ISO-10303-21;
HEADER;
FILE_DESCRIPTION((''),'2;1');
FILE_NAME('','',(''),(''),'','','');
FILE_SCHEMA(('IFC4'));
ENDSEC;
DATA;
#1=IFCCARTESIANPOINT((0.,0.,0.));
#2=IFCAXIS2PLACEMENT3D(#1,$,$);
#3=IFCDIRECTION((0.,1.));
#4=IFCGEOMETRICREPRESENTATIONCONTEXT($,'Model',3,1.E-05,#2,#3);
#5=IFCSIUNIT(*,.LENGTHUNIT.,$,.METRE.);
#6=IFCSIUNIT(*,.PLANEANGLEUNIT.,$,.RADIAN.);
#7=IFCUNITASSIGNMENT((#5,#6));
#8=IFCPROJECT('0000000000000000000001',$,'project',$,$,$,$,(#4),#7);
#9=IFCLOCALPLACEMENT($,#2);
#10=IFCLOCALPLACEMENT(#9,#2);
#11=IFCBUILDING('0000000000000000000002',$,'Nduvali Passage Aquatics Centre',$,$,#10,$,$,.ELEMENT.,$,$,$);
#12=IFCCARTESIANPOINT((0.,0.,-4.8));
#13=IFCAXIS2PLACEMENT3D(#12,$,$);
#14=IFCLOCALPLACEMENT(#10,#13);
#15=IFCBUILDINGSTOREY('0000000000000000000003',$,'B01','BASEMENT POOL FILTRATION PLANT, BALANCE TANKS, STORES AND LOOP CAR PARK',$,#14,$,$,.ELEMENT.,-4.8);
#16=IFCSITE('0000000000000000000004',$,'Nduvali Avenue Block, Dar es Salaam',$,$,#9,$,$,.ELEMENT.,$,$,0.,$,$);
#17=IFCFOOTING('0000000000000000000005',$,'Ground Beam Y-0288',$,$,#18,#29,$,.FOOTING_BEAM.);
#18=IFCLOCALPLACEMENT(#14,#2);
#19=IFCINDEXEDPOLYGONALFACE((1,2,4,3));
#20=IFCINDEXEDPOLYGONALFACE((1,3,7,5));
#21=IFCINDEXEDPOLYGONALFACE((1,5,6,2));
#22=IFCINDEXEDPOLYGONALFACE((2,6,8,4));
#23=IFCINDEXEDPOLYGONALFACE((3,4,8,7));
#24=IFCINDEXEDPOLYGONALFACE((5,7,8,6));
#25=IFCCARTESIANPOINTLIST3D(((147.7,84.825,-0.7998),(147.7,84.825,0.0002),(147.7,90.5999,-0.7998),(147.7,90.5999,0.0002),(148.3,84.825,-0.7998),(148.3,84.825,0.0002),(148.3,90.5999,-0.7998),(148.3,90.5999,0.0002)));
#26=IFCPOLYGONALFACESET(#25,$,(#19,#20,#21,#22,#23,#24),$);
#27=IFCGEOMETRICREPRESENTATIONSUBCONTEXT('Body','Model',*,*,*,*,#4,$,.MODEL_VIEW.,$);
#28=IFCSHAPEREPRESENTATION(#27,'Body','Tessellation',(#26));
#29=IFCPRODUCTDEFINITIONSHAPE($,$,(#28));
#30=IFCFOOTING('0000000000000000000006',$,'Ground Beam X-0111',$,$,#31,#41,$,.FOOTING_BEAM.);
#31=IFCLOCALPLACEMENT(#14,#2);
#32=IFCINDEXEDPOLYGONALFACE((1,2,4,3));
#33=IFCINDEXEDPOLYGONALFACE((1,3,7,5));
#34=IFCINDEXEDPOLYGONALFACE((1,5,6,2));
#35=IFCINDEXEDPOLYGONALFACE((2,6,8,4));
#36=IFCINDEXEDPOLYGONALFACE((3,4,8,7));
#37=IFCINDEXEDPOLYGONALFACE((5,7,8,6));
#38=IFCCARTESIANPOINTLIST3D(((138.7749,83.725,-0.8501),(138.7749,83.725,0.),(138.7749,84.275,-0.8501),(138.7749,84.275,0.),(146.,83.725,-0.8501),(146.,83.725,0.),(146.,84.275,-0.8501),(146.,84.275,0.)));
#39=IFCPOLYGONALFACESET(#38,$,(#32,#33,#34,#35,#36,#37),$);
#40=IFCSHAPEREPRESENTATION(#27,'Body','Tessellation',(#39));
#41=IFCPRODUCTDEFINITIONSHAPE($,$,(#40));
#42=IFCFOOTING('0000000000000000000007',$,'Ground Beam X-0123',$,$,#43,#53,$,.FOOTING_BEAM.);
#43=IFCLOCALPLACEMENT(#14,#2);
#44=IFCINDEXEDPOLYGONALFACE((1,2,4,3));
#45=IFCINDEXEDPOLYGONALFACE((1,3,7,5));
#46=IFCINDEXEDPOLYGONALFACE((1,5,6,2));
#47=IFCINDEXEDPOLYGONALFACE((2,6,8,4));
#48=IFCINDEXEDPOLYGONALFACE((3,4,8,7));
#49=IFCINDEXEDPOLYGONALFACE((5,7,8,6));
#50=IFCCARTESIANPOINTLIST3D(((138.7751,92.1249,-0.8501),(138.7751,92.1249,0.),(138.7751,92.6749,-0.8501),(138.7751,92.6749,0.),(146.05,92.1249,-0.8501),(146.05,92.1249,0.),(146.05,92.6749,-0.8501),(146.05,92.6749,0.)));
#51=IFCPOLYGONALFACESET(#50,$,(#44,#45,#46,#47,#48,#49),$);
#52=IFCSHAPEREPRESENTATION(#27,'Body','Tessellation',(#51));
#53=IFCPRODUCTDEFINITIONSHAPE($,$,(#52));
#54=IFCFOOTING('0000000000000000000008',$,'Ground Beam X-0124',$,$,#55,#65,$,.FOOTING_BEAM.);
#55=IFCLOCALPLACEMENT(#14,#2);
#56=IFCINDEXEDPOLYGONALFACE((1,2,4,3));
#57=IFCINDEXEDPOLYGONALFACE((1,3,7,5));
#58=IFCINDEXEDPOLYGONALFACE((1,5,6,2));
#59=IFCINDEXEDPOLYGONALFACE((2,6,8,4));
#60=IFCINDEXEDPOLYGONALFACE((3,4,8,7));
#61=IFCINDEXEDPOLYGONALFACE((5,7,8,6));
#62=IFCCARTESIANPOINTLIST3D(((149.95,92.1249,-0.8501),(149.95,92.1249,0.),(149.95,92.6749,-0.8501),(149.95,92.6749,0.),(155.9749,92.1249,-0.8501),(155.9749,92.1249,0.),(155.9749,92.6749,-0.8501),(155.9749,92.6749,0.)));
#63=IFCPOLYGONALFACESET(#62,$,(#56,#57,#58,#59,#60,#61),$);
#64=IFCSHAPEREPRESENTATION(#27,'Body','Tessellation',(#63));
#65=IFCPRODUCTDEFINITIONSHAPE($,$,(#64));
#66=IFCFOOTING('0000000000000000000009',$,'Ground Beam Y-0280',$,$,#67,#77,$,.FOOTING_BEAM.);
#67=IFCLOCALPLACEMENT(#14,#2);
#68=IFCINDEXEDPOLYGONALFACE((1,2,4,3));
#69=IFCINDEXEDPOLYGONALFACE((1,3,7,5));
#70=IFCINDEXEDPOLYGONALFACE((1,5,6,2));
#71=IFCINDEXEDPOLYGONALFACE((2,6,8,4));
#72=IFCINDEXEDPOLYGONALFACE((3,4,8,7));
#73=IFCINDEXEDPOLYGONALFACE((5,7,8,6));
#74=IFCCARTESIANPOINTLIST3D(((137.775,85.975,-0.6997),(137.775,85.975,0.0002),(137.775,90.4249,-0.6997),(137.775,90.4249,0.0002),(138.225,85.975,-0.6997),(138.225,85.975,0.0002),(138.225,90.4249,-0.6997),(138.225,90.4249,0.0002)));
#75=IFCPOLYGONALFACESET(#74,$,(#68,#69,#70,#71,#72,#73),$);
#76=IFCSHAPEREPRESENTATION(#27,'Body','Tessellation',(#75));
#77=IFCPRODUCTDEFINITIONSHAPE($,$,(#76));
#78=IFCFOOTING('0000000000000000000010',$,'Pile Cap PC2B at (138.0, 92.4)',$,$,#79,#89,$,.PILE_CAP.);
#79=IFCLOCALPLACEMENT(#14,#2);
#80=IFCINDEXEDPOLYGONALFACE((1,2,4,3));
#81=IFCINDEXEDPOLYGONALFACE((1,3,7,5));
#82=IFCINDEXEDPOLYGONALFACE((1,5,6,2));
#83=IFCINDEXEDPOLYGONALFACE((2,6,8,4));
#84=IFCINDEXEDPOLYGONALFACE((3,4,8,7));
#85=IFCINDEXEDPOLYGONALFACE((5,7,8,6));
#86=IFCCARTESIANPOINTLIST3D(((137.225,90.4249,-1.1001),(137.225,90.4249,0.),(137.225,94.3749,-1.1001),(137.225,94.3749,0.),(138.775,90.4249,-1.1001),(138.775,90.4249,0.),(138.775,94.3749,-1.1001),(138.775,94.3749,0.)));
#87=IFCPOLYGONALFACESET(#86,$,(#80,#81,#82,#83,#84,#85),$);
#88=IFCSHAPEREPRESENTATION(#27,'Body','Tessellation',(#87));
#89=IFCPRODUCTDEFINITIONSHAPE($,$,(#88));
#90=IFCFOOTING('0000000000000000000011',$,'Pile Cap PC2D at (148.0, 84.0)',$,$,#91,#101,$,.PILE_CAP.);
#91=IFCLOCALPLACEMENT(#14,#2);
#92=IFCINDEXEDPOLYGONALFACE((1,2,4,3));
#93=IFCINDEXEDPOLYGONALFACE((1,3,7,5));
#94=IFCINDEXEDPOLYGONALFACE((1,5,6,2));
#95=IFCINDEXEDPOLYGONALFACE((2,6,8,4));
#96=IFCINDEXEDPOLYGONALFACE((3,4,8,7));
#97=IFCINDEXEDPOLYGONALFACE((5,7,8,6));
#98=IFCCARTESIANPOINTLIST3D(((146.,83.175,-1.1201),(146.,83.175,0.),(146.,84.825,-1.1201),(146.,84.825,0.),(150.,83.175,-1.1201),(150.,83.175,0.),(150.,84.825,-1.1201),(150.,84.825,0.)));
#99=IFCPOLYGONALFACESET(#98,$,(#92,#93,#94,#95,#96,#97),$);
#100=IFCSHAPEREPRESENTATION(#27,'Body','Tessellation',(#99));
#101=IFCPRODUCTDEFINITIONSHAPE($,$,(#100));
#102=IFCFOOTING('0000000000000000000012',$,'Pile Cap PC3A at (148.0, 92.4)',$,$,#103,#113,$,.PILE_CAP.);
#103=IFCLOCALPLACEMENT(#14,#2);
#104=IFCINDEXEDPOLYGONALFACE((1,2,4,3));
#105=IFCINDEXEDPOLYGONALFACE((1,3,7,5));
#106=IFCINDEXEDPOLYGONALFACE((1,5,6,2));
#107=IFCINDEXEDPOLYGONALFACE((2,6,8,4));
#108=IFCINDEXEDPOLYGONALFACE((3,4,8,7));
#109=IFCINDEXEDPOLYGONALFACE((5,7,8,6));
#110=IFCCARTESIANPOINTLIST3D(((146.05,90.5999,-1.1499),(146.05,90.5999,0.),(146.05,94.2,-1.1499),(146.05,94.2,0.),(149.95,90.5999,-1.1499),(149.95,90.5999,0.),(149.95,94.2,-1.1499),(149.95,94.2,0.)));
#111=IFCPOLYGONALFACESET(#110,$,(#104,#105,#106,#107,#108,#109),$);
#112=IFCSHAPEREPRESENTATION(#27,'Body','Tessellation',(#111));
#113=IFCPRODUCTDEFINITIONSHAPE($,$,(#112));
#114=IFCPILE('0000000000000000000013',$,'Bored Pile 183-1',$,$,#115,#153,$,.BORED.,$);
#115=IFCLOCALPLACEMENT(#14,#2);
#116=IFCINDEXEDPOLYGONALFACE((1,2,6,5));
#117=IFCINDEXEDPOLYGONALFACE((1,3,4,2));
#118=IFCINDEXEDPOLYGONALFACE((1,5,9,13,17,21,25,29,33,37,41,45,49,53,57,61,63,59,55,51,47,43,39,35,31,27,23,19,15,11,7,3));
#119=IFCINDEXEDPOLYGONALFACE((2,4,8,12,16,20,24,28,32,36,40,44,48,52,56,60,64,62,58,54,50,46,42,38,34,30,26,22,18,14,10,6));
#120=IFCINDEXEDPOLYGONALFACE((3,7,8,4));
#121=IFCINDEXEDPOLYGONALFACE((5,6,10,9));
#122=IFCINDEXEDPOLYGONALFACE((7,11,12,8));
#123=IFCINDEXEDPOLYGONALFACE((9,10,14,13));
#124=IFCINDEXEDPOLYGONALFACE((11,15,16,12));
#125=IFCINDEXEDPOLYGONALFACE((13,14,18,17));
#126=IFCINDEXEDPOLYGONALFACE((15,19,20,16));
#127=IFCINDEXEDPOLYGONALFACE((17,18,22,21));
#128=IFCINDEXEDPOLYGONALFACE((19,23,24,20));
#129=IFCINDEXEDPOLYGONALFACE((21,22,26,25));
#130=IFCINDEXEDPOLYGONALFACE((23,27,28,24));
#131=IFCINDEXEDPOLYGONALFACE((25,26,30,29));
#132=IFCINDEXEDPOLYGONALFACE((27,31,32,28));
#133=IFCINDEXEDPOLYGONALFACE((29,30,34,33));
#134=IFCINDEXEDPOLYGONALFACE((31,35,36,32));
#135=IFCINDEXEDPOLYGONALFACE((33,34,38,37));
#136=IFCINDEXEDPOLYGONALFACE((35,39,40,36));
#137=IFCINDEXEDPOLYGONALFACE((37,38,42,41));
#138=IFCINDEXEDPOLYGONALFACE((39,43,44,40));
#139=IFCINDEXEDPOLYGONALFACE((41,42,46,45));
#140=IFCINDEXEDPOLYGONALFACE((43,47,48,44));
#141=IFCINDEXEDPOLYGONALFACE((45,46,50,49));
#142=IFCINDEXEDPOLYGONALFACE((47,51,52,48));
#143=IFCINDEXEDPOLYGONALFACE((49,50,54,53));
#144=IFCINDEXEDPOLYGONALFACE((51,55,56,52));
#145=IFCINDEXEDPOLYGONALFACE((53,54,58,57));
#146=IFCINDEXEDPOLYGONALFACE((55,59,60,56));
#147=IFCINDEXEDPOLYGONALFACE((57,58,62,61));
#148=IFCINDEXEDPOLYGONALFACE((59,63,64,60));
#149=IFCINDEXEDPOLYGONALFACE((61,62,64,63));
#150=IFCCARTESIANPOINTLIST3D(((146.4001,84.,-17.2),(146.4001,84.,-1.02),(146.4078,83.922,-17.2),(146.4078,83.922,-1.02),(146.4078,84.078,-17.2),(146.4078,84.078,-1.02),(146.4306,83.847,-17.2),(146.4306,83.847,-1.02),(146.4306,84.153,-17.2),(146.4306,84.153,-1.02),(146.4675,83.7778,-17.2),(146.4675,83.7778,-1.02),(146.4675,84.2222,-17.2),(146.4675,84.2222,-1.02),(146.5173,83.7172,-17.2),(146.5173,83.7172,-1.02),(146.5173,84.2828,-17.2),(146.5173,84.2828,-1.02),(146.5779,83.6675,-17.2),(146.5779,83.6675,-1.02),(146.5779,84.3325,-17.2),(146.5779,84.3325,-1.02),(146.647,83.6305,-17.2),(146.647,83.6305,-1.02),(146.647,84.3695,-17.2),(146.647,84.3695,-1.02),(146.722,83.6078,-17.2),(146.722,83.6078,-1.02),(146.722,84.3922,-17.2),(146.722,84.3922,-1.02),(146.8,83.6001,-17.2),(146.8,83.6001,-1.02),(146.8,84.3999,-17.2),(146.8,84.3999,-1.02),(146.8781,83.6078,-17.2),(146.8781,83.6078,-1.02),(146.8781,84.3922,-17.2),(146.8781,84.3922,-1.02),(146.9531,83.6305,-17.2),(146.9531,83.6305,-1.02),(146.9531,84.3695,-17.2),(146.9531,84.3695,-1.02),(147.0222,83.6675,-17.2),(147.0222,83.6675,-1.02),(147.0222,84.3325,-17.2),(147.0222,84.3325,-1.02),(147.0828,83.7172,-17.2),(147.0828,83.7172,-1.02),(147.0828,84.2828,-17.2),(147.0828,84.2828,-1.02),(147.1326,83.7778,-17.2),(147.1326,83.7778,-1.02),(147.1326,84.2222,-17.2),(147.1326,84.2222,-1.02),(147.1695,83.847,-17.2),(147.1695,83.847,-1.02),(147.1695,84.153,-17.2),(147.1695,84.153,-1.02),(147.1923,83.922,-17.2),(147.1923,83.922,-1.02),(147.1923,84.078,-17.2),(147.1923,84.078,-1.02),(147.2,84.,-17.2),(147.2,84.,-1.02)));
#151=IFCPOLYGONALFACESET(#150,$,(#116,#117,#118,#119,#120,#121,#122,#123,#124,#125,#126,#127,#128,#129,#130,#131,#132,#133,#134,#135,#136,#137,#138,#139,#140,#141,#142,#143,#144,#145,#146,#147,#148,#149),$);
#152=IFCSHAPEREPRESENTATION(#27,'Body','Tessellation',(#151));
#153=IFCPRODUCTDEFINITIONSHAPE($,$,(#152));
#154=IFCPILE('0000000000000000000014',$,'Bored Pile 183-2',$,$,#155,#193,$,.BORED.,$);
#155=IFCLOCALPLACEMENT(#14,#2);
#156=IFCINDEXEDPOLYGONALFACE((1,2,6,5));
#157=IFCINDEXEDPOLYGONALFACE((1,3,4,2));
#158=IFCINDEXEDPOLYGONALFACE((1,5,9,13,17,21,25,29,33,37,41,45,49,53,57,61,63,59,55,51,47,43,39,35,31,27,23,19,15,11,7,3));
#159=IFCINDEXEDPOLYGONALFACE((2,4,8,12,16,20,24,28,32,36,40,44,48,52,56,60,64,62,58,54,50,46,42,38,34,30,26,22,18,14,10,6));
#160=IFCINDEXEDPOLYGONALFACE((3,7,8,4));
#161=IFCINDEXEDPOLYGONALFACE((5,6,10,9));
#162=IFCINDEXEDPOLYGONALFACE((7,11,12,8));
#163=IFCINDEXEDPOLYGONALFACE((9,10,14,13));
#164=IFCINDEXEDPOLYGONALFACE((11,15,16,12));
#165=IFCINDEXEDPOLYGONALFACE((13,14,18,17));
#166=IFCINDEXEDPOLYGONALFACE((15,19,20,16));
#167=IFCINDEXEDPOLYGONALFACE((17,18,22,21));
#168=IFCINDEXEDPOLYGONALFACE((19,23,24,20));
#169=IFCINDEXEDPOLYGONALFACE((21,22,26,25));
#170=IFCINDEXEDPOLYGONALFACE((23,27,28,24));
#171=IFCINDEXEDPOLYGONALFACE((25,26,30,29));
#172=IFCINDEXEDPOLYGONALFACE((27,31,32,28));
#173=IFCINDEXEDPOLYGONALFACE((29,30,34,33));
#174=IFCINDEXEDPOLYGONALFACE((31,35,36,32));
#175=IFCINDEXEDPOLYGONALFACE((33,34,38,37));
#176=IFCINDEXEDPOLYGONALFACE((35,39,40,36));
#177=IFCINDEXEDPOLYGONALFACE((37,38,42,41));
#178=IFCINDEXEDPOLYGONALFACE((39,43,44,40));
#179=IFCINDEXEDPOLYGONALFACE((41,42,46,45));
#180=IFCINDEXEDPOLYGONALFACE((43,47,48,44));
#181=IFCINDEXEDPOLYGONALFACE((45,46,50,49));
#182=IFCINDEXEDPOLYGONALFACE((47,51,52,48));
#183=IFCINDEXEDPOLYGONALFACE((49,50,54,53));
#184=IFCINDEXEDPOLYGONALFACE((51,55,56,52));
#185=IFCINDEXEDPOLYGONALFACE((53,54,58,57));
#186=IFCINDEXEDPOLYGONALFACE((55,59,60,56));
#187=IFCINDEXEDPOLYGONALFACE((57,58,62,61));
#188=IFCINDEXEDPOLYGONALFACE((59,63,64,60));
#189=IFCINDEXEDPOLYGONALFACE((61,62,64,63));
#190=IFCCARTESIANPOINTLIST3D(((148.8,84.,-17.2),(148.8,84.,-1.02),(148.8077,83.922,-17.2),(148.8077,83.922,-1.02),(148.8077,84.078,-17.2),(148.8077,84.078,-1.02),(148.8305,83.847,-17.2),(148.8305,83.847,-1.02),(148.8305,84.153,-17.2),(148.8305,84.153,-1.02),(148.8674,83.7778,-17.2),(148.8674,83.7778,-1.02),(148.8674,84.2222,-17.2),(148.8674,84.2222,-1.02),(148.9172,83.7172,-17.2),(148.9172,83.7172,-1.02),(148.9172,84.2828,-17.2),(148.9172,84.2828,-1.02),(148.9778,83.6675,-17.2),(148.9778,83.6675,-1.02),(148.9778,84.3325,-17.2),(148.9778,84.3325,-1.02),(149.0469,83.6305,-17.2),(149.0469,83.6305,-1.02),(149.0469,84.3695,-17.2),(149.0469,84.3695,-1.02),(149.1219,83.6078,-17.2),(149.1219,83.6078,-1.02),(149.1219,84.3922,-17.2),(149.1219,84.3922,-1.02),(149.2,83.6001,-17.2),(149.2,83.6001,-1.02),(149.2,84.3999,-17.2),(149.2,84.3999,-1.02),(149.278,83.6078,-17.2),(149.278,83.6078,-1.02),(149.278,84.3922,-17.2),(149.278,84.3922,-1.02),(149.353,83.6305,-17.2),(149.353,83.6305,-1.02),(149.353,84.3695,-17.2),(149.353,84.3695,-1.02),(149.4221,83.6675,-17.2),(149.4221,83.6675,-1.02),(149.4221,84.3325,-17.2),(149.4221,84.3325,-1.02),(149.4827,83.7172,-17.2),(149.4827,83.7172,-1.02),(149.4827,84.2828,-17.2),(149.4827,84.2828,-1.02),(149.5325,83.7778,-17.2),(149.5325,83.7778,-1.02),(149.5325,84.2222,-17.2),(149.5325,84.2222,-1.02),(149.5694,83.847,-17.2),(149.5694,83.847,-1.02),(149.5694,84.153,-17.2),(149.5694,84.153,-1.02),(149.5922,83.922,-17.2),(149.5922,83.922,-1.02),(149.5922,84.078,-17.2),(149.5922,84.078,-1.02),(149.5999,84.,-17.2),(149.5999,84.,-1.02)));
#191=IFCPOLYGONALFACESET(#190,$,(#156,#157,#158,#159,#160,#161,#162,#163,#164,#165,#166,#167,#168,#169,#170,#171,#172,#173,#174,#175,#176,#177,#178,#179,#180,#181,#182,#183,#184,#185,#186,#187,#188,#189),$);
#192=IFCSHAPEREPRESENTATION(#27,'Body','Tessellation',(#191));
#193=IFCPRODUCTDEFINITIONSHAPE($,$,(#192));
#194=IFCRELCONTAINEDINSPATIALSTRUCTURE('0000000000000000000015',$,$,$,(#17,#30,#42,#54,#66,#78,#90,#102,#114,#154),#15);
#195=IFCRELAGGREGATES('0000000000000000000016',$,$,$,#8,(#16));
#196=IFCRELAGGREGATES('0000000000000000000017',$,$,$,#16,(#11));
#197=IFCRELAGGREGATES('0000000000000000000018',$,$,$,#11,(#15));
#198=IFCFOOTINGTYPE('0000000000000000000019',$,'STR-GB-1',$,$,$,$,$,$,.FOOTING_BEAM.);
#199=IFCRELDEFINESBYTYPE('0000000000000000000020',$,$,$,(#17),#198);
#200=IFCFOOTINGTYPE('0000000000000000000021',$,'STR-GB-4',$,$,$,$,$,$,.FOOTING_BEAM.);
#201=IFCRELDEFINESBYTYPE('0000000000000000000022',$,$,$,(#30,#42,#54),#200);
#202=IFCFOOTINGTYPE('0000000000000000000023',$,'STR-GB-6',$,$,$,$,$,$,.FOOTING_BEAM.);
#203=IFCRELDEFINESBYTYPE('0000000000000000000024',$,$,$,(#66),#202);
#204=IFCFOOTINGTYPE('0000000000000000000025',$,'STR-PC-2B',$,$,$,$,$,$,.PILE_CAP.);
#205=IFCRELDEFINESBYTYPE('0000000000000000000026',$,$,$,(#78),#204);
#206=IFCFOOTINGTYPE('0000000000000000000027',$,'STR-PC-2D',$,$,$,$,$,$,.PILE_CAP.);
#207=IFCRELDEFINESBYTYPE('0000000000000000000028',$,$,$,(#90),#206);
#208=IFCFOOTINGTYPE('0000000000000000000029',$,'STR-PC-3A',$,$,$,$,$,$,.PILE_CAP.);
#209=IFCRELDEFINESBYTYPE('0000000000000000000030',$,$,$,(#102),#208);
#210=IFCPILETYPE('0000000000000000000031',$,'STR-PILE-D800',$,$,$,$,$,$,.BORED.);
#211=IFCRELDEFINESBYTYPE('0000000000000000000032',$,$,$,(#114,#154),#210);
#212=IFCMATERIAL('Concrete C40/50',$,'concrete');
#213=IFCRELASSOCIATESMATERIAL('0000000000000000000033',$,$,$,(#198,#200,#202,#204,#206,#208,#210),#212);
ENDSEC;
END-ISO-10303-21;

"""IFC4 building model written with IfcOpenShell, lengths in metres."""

from ifc_helpers import new_model, si_unit, direction, frame, origin, origin_2d, place, context, subcontext, project, spatial, rectangle, circle, extrude, material, material_profile, profile_set, type_object, element, save


model = new_model("IFC4")

# Units and contexts
model_context = context("Model", 3, precision=1e-05, world=origin(), true_north=direction((0.0, 1.0)))
body_context = subcontext(model_context, "Body", "Model", "MODEL_VIEW")
ifc_project = project(units=[si_unit("LENGTHUNIT", "METRE"), si_unit("PLANEANGLEUNIT", "RADIAN")], contexts=[model_context])

# Site, building, storey
site_placement = place(None, origin())
site = spatial("IfcSite", under=ifc_project, at=site_placement, Name="Nduvali Avenue Block, Dar es Salaam", CompositionType="ELEMENT", RefElevation=0.0)
building_placement = place(site_placement, origin())
building = spatial("IfcBuilding", under=site, at=building_placement, Name="Nduvali Passage Aquatics Centre", CompositionType="ELEMENT")
storey_placement = place(building_placement, frame((0.0, 0.0, -4.8)))
storey = spatial("IfcBuildingStorey", under=building, at=storey_placement, Name="B01", Description="BASEMENT POOL FILTRATION PLANT, BALANCE TANKS, STORES AND LOOP CAR PARK", CompositionType="ELEMENT", Elevation=-4.8)

# Footings
ifc_material = material(Name="Concrete C40/50", Category="concrete")
footing_type_1 = type_object("IfcFootingType", Name="STR-GB-1", PredefinedType="FOOTING_BEAM", material=ifc_material)
footing_1_placement = place(storey_placement, frame((148.0, 87.7124, -0.7998), z_axis=(0.0, 0.0, 1.0), x_axis=(0.0, 1.0, 0.0)))
element("IfcFooting", 1, at=footing_1_placement, inside=storey, type_object=footing_type_1, Name="Ground Beam Y-0288", PredefinedType="FOOTING_BEAM", context=body_context, shape_type="SweptSolid", body=[
    extrude(rectangle(XDim=5.7749, YDim=0.6001, at=origin_2d()), origin(), (0.0, 0.0, 1.0), 0.8),
])
footing_type_2 = type_object("IfcFootingType", Name="STR-GB-4", PredefinedType="FOOTING_BEAM", material=ifc_material)
footing_2_placement = place(storey_placement, frame((142.3875, 84.0, -0.8501), z_axis=(0.0, 0.0, 1.0), x_axis=(1.0, 0.0, 0.0)))
element("IfcFooting", 2, at=footing_2_placement, inside=storey, type_object=footing_type_2, Name="Ground Beam X-0111", PredefinedType="FOOTING_BEAM", context=body_context, shape_type="SweptSolid", body=[
    extrude(rectangle(XDim=7.2251, YDim=0.55, at=origin_2d()), origin(), (0.0, 0.0, 1.0), 0.8501),
])
footing_3_placement = place(storey_placement, frame((142.4126, 92.3999, -0.8501), z_axis=(0.0, 0.0, 1.0), x_axis=(1.0, 0.0, 0.0)))
element("IfcFooting", 3, at=footing_3_placement, inside=storey, type_object=footing_type_2, Name="Ground Beam X-0123", PredefinedType="FOOTING_BEAM", context=body_context, shape_type="SweptSolid", body=[
    extrude(rectangle(XDim=7.2749, YDim=0.55, at=origin_2d()), origin(), (0.0, 0.0, 1.0), 0.8501),
])
footing_4_placement = place(storey_placement, frame((152.9624, 92.3999, -0.8501), z_axis=(0.0, 0.0, 1.0), x_axis=(1.0, 0.0, 0.0)))
element("IfcFooting", 4, at=footing_4_placement, inside=storey, type_object=footing_type_2, Name="Ground Beam X-0124", PredefinedType="FOOTING_BEAM", context=body_context, shape_type="SweptSolid", body=[
    extrude(rectangle(XDim=6.0249, YDim=0.55, at=origin_2d()), origin(), (0.0, 0.0, 1.0), 0.8501),
])
footing_type_3 = type_object("IfcFootingType", Name="STR-GB-6", PredefinedType="FOOTING_BEAM", material=ifc_material)
footing_5_placement = place(storey_placement, frame((138.0, 88.2, -0.6997), z_axis=(0.0, 0.0, 1.0), x_axis=(0.0, 1.0, 0.0)))
element("IfcFooting", 5, at=footing_5_placement, inside=storey, type_object=footing_type_3, Name="Ground Beam Y-0280", PredefinedType="FOOTING_BEAM", context=body_context, shape_type="SweptSolid", body=[
    extrude(rectangle(XDim=4.45, YDim=0.45, at=origin_2d()), origin(), (0.0, 0.0, 1.0), 0.7),
])
footing_type_4 = type_object("IfcFootingType", Name="STR-PC-2B", PredefinedType="PILE_CAP", material=ifc_material)
footing_6_placement = place(storey_placement, frame((138.0, 92.3999, -1.1001), z_axis=(0.0, 0.0, 1.0), x_axis=(1.0, 0.0, 0.0)))
element("IfcFooting", 6, at=footing_6_placement, inside=storey, type_object=footing_type_4, Name="Pile Cap PC2B at (138.0, 92.4)", PredefinedType="PILE_CAP", context=body_context, shape_type="SweptSolid", body=[
    extrude(rectangle(XDim=1.55, YDim=3.95, at=origin_2d()), origin(), (0.0, 0.0, 1.0), 1.1001),
])
footing_type_5 = type_object("IfcFootingType", Name="STR-PC-2D", PredefinedType="PILE_CAP", material=ifc_material)
footing_7_placement = place(storey_placement, frame((148.0, 84.0, -1.1201), z_axis=(0.0, 0.0, 1.0), x_axis=(1.0, 0.0, 0.0)))
element("IfcFooting", 7, at=footing_7_placement, inside=storey, type_object=footing_type_5, Name="Pile Cap PC2D at (148.0, 84.0)", PredefinedType="PILE_CAP", context=body_context, shape_type="SweptSolid", body=[
    extrude(rectangle(XDim=4.0, YDim=1.6499, at=origin_2d()), origin(), (0.0, 0.0, 1.0), 1.1201),
])
footing_type_6 = type_object("IfcFootingType", Name="STR-PC-3A", PredefinedType="PILE_CAP", material=ifc_material)
footing_8_placement = place(storey_placement, frame((148.0, 92.3999, -1.1499), z_axis=(0.0, 0.0, 1.0), x_axis=(1.0, 0.0, 0.0)))
element("IfcFooting", 8, at=footing_8_placement, inside=storey, type_object=footing_type_6, Name="Pile Cap PC3A at (148.0, 92.4)", PredefinedType="PILE_CAP", context=body_context, shape_type="SweptSolid", body=[
    extrude(rectangle(XDim=3.8999, YDim=3.6001, at=origin_2d()), origin(), (0.0, 0.0, 1.0), 1.1499),
])

# Piles
ifc_material_profile_1 = material_profile(ifc_material, circle(Radius=0.3999, at=origin_2d()), Name="PILE D800")
ifc_profile_set_1 = profile_set([ifc_material_profile_1], Name="Concrete C40/50")
pile_type_1 = type_object("IfcPileType", Name="STR-PILE-D800", PredefinedType="BORED", material=ifc_profile_set_1)
for number, where, z_axis, x_axis, name in (
    (9, (146.8, 84.0, -1.02), (0.0, 0.0, -1.0), (1.0, 0.0, 0.0), "Bored Pile 183-1"),
    (10, (149.2, 84.0, -1.02), (0.0, 0.0, -1.0), (1.0, 0.0, 0.0), "Bored Pile 183-2"),
):
    element("IfcPile", number, at=place(storey_placement, frame(where, z_axis=z_axis, x_axis=x_axis)), inside=storey, type_object=pile_type_1, Name=name, PredefinedType="BORED", context=body_context, shape_type="SweptSolid", body=[
        extrude(circle(Radius=0.3999, at=origin_2d()), origin(), (0.0, 0.0, 1.0), 16.1799),
    ])

save(model, "model.ifc")
